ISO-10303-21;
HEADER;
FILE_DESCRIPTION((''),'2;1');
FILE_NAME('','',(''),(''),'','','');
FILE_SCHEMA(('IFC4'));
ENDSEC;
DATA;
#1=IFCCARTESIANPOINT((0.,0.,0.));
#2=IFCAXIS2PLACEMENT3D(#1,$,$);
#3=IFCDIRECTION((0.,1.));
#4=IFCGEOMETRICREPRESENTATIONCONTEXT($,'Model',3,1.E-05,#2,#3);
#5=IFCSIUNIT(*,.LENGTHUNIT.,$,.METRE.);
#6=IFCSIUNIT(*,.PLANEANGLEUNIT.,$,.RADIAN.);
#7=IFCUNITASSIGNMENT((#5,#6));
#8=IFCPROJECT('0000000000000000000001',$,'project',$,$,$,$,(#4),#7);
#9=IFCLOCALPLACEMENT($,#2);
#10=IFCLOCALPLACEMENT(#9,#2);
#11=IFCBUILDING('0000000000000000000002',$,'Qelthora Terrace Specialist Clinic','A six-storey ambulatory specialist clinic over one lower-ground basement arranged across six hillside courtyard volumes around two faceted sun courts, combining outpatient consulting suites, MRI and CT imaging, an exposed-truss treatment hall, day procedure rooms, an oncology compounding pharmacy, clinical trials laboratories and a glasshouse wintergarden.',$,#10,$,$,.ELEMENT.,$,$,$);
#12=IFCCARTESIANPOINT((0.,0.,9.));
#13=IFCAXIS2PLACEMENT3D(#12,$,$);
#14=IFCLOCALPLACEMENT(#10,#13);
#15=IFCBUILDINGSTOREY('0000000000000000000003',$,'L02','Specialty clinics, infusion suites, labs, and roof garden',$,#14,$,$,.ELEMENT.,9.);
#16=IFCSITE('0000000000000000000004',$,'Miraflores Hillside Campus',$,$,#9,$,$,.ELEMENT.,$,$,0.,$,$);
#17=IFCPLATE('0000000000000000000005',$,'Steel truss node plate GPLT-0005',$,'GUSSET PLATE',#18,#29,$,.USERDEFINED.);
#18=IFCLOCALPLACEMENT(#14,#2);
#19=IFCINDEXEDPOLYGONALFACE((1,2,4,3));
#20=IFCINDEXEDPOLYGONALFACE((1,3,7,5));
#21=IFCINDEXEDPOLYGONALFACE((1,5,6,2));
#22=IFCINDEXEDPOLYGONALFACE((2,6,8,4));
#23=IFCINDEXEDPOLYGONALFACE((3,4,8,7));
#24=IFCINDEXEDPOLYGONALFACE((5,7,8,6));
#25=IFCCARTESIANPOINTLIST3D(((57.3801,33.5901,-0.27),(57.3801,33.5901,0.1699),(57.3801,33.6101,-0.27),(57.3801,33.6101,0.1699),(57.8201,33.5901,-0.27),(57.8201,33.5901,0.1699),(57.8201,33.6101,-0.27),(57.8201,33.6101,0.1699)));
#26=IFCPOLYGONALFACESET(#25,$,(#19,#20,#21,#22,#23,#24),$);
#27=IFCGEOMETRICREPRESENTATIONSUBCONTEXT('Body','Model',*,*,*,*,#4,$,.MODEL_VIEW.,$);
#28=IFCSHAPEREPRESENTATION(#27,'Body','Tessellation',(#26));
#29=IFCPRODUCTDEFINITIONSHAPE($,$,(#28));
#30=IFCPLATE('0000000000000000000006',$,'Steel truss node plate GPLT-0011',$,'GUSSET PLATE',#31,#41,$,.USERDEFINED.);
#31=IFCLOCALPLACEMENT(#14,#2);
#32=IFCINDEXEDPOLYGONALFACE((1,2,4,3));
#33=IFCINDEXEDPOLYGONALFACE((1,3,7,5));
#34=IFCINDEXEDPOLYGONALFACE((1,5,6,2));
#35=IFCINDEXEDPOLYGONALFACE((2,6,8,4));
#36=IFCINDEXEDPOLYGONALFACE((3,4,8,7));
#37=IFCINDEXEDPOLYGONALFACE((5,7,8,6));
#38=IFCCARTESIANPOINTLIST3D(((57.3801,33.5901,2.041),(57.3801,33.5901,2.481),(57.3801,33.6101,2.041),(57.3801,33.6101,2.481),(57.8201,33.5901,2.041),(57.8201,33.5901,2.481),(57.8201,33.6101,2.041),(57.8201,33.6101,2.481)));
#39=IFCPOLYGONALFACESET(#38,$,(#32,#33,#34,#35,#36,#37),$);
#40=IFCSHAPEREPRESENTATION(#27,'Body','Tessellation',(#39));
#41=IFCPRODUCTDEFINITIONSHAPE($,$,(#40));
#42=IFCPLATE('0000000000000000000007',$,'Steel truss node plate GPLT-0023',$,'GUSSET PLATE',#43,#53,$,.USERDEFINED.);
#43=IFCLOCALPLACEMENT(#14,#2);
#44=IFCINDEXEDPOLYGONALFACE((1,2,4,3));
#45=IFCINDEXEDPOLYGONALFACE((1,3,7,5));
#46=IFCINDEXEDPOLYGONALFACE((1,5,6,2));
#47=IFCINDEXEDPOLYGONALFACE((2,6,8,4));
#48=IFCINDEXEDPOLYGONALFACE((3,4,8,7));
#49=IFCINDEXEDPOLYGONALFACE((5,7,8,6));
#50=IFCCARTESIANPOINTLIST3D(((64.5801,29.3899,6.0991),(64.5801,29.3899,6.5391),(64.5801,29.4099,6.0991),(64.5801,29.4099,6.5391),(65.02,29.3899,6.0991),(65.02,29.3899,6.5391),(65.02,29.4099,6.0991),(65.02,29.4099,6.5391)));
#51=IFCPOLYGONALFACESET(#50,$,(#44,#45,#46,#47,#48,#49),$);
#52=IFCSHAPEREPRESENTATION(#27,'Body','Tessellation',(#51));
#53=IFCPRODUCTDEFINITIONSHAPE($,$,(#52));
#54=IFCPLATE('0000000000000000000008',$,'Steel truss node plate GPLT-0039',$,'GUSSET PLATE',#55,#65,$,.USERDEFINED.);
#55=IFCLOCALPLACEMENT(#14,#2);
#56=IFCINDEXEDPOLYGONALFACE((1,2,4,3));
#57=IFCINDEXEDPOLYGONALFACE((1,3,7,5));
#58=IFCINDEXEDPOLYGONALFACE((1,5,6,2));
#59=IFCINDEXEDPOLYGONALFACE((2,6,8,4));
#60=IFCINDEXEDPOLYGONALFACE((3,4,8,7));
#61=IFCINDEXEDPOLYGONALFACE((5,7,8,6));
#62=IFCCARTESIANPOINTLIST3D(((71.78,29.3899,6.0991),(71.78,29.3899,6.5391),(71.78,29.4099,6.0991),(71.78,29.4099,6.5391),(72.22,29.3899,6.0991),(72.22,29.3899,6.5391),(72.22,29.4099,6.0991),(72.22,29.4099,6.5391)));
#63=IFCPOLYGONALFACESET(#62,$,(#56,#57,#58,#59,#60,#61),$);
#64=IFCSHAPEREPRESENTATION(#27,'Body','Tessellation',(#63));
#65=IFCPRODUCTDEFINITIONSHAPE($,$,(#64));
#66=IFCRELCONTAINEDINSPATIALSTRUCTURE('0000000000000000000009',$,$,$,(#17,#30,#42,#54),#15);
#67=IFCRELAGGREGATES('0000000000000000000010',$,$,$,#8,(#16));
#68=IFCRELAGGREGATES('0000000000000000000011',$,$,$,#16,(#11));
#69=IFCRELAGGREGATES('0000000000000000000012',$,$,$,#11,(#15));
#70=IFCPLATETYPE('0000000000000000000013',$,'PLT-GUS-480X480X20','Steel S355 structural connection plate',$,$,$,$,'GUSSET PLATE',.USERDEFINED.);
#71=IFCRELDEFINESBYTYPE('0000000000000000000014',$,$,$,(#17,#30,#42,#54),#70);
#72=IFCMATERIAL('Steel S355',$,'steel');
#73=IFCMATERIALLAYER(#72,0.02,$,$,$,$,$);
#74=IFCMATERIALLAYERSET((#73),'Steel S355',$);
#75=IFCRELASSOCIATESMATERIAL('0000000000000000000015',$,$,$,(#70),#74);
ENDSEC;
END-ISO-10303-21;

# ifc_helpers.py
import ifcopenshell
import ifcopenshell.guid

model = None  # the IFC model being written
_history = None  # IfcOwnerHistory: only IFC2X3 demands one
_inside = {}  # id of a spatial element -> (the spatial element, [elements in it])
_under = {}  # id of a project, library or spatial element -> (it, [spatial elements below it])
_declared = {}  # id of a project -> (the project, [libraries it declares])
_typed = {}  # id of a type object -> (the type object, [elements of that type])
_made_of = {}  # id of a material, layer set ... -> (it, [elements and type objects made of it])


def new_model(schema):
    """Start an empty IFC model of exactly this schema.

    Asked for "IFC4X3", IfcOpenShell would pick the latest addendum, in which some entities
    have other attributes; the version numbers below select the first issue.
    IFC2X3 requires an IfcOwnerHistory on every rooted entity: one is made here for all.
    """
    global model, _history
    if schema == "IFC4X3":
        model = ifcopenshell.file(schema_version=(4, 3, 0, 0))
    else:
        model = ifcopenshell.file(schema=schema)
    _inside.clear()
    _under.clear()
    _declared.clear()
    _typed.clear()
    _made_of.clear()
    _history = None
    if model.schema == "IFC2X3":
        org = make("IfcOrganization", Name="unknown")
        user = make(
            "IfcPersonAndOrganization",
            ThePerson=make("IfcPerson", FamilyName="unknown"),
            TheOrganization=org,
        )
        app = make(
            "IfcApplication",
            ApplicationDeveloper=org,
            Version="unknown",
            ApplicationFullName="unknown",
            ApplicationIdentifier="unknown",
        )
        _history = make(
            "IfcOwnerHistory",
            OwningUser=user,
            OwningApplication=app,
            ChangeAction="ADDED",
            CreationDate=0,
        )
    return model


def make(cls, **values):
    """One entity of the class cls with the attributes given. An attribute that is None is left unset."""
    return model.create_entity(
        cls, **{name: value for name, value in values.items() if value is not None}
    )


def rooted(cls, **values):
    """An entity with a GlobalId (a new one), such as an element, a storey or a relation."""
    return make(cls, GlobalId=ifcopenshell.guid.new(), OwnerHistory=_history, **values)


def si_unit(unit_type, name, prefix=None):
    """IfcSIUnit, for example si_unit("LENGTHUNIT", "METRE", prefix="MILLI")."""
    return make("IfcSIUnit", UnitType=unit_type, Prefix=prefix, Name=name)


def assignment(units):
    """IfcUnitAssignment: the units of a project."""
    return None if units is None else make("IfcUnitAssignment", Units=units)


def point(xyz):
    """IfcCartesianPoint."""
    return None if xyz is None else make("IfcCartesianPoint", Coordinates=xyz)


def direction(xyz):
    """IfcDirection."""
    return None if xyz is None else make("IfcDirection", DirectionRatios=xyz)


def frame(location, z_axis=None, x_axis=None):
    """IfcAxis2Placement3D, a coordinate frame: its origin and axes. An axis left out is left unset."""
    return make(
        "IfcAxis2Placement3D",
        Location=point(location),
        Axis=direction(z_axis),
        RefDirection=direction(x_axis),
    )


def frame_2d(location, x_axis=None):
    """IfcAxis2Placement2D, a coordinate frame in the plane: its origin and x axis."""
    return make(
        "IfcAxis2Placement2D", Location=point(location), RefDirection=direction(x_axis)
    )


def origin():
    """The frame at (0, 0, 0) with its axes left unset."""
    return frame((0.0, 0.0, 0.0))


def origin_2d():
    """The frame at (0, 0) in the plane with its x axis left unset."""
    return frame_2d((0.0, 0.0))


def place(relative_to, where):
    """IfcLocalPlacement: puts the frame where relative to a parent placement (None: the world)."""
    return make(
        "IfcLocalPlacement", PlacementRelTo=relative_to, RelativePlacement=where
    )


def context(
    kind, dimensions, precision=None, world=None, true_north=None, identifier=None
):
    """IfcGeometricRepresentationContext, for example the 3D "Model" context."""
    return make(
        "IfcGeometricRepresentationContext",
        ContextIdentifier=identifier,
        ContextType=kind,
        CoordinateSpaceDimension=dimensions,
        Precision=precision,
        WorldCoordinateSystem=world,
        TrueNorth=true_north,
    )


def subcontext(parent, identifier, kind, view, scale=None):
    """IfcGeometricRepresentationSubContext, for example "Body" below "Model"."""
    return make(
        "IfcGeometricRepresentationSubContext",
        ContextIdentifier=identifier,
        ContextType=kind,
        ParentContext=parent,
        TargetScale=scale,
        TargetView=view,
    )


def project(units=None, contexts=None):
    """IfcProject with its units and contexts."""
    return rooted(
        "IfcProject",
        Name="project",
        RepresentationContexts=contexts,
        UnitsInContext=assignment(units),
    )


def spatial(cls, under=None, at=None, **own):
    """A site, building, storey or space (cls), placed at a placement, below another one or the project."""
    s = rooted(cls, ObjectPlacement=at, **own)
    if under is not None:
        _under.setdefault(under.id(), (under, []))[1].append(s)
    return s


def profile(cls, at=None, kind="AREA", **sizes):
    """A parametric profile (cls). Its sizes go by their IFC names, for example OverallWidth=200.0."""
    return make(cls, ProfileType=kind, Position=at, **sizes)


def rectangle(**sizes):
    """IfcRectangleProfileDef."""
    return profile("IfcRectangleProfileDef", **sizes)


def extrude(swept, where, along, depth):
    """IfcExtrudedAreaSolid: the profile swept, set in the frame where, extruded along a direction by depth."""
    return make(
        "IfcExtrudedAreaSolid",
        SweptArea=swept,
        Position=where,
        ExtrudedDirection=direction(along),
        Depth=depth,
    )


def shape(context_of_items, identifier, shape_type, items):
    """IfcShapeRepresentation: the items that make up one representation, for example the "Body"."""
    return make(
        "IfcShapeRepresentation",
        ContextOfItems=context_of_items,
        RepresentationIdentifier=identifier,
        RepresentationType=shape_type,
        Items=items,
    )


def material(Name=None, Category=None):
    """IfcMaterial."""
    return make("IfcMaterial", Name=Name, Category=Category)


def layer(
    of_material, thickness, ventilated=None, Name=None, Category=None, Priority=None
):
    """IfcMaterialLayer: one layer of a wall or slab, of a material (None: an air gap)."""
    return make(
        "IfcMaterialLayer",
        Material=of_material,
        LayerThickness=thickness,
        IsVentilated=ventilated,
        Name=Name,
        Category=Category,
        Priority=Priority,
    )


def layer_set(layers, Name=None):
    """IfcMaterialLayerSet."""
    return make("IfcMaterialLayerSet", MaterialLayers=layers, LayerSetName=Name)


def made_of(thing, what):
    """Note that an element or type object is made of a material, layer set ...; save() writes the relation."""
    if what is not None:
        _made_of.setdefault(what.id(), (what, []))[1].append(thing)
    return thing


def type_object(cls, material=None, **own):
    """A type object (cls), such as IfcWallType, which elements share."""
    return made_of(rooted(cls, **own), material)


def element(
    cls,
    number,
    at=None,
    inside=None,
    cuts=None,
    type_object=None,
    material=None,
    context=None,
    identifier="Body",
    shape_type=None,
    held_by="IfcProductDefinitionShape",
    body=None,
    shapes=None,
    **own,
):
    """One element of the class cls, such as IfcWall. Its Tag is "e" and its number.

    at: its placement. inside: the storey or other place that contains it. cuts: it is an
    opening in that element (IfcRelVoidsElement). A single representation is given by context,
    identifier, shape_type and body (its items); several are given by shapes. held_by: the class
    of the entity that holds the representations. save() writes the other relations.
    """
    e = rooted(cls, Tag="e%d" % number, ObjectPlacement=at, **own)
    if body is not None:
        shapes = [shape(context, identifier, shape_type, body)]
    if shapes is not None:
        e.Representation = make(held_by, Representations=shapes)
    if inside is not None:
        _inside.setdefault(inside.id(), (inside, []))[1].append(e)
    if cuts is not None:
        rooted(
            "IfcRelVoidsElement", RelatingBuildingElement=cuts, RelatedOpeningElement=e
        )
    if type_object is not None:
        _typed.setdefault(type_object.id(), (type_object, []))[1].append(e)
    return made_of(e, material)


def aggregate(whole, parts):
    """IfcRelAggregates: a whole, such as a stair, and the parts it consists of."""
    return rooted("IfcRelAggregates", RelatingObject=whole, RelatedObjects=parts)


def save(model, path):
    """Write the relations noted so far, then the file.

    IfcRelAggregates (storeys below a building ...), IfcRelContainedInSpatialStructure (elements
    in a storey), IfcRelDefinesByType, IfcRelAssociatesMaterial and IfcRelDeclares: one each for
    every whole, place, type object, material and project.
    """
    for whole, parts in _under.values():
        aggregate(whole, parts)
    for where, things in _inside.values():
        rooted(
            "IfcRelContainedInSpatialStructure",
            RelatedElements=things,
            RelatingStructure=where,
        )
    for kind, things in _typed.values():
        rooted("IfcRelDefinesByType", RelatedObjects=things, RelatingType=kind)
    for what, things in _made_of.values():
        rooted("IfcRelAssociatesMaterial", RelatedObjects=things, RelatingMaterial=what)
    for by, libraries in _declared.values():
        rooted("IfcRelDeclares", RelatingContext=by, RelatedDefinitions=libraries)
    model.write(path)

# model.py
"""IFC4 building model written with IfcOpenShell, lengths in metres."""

from ifc_helpers import new_model, si_unit, direction, frame, origin, origin_2d, place, context, subcontext, project, spatial, rectangle, extrude, material, layer, layer_set, type_object, element, save


model = new_model("IFC4")

# Units and contexts
model_context = context("Model", 3, precision=1e-05, world=origin(), true_north=direction((0.0, 1.0)))
body_context = subcontext(model_context, "Body", "Model", "MODEL_VIEW")
ifc_project = project(units=[si_unit("LENGTHUNIT", "METRE"), si_unit("PLANEANGLEUNIT", "RADIAN")], contexts=[model_context])

# Site, building, storey
site_placement = place(None, origin())
site = spatial("IfcSite", under=ifc_project, at=site_placement, Name="Miraflores Hillside Campus", CompositionType="ELEMENT", RefElevation=0.0)
building_placement = place(site_placement, origin())
building = spatial("IfcBuilding", under=site, at=building_placement, Name="Qelthora Terrace Specialist Clinic", Description="A six-storey ambulatory specialist clinic over one lower-ground basement arranged across six hillside courtyard volumes around two faceted sun courts, combining outpatient consulting suites, MRI and CT imaging, an exposed-truss treatment hall, day procedure rooms, an oncology compounding pharmacy, clinical trials laboratories and a glasshouse wintergarden.", CompositionType="ELEMENT")
storey_placement = place(building_placement, frame((0.0, 0.0, 9.0)))
storey = spatial("IfcBuildingStorey", under=building, at=storey_placement, Name="L02", Description="Specialty clinics, infusion suites, labs, and roof garden", CompositionType="ELEMENT", Elevation=9.0)

# Shared definitions
ifc_material = material(Name="Steel S355", Category="steel")

# Plates
ifc_layer_1 = layer(ifc_material, 0.02)
ifc_layer_set_1 = layer_set([ifc_layer_1], Name="Steel S355")
plate_type_1 = type_object("IfcPlateType", Name="PLT-GUS-480X480X20", Description="Steel S355 structural connection plate", ElementType="GUSSET PLATE", PredefinedType="USERDEFINED", material=ifc_layer_set_1)
for number, where, z_axis, x_axis, name in (
    (1, (57.6001, 33.6001, -0.27), (0.0, 0.0, 1.0), (1.0, 0.0, 0.0), "Steel truss node plate GPLT-0005"),
    (2, (57.6001, 33.6001, 2.041), (0.0, 0.0, 1.0), (1.0, 0.0, 0.0), "Steel truss node plate GPLT-0011"),
    (3, (64.8, 29.3999, 6.0991), (0.0, 0.0, 1.0), (1.0, 0.0, 0.0), "Steel truss node plate GPLT-0023"),
    (4, (72.0, 29.3999, 6.0991), (0.0, 0.0, 1.0), (1.0, 0.0, 0.0), "Steel truss node plate GPLT-0039"),
):
    element("IfcPlate", number, at=place(storey_placement, frame(where, z_axis=z_axis, x_axis=x_axis)), inside=storey, type_object=plate_type_1, Name=name, ObjectType="GUSSET PLATE", PredefinedType="USERDEFINED", context=body_context, shape_type="SweptSolid", body=[
        extrude(rectangle(XDim=0.4399, YDim=0.02, at=origin_2d()), origin(), (0.0, 0.0, 1.0), 0.4399),
    ])

save(model, "model.ifc")
